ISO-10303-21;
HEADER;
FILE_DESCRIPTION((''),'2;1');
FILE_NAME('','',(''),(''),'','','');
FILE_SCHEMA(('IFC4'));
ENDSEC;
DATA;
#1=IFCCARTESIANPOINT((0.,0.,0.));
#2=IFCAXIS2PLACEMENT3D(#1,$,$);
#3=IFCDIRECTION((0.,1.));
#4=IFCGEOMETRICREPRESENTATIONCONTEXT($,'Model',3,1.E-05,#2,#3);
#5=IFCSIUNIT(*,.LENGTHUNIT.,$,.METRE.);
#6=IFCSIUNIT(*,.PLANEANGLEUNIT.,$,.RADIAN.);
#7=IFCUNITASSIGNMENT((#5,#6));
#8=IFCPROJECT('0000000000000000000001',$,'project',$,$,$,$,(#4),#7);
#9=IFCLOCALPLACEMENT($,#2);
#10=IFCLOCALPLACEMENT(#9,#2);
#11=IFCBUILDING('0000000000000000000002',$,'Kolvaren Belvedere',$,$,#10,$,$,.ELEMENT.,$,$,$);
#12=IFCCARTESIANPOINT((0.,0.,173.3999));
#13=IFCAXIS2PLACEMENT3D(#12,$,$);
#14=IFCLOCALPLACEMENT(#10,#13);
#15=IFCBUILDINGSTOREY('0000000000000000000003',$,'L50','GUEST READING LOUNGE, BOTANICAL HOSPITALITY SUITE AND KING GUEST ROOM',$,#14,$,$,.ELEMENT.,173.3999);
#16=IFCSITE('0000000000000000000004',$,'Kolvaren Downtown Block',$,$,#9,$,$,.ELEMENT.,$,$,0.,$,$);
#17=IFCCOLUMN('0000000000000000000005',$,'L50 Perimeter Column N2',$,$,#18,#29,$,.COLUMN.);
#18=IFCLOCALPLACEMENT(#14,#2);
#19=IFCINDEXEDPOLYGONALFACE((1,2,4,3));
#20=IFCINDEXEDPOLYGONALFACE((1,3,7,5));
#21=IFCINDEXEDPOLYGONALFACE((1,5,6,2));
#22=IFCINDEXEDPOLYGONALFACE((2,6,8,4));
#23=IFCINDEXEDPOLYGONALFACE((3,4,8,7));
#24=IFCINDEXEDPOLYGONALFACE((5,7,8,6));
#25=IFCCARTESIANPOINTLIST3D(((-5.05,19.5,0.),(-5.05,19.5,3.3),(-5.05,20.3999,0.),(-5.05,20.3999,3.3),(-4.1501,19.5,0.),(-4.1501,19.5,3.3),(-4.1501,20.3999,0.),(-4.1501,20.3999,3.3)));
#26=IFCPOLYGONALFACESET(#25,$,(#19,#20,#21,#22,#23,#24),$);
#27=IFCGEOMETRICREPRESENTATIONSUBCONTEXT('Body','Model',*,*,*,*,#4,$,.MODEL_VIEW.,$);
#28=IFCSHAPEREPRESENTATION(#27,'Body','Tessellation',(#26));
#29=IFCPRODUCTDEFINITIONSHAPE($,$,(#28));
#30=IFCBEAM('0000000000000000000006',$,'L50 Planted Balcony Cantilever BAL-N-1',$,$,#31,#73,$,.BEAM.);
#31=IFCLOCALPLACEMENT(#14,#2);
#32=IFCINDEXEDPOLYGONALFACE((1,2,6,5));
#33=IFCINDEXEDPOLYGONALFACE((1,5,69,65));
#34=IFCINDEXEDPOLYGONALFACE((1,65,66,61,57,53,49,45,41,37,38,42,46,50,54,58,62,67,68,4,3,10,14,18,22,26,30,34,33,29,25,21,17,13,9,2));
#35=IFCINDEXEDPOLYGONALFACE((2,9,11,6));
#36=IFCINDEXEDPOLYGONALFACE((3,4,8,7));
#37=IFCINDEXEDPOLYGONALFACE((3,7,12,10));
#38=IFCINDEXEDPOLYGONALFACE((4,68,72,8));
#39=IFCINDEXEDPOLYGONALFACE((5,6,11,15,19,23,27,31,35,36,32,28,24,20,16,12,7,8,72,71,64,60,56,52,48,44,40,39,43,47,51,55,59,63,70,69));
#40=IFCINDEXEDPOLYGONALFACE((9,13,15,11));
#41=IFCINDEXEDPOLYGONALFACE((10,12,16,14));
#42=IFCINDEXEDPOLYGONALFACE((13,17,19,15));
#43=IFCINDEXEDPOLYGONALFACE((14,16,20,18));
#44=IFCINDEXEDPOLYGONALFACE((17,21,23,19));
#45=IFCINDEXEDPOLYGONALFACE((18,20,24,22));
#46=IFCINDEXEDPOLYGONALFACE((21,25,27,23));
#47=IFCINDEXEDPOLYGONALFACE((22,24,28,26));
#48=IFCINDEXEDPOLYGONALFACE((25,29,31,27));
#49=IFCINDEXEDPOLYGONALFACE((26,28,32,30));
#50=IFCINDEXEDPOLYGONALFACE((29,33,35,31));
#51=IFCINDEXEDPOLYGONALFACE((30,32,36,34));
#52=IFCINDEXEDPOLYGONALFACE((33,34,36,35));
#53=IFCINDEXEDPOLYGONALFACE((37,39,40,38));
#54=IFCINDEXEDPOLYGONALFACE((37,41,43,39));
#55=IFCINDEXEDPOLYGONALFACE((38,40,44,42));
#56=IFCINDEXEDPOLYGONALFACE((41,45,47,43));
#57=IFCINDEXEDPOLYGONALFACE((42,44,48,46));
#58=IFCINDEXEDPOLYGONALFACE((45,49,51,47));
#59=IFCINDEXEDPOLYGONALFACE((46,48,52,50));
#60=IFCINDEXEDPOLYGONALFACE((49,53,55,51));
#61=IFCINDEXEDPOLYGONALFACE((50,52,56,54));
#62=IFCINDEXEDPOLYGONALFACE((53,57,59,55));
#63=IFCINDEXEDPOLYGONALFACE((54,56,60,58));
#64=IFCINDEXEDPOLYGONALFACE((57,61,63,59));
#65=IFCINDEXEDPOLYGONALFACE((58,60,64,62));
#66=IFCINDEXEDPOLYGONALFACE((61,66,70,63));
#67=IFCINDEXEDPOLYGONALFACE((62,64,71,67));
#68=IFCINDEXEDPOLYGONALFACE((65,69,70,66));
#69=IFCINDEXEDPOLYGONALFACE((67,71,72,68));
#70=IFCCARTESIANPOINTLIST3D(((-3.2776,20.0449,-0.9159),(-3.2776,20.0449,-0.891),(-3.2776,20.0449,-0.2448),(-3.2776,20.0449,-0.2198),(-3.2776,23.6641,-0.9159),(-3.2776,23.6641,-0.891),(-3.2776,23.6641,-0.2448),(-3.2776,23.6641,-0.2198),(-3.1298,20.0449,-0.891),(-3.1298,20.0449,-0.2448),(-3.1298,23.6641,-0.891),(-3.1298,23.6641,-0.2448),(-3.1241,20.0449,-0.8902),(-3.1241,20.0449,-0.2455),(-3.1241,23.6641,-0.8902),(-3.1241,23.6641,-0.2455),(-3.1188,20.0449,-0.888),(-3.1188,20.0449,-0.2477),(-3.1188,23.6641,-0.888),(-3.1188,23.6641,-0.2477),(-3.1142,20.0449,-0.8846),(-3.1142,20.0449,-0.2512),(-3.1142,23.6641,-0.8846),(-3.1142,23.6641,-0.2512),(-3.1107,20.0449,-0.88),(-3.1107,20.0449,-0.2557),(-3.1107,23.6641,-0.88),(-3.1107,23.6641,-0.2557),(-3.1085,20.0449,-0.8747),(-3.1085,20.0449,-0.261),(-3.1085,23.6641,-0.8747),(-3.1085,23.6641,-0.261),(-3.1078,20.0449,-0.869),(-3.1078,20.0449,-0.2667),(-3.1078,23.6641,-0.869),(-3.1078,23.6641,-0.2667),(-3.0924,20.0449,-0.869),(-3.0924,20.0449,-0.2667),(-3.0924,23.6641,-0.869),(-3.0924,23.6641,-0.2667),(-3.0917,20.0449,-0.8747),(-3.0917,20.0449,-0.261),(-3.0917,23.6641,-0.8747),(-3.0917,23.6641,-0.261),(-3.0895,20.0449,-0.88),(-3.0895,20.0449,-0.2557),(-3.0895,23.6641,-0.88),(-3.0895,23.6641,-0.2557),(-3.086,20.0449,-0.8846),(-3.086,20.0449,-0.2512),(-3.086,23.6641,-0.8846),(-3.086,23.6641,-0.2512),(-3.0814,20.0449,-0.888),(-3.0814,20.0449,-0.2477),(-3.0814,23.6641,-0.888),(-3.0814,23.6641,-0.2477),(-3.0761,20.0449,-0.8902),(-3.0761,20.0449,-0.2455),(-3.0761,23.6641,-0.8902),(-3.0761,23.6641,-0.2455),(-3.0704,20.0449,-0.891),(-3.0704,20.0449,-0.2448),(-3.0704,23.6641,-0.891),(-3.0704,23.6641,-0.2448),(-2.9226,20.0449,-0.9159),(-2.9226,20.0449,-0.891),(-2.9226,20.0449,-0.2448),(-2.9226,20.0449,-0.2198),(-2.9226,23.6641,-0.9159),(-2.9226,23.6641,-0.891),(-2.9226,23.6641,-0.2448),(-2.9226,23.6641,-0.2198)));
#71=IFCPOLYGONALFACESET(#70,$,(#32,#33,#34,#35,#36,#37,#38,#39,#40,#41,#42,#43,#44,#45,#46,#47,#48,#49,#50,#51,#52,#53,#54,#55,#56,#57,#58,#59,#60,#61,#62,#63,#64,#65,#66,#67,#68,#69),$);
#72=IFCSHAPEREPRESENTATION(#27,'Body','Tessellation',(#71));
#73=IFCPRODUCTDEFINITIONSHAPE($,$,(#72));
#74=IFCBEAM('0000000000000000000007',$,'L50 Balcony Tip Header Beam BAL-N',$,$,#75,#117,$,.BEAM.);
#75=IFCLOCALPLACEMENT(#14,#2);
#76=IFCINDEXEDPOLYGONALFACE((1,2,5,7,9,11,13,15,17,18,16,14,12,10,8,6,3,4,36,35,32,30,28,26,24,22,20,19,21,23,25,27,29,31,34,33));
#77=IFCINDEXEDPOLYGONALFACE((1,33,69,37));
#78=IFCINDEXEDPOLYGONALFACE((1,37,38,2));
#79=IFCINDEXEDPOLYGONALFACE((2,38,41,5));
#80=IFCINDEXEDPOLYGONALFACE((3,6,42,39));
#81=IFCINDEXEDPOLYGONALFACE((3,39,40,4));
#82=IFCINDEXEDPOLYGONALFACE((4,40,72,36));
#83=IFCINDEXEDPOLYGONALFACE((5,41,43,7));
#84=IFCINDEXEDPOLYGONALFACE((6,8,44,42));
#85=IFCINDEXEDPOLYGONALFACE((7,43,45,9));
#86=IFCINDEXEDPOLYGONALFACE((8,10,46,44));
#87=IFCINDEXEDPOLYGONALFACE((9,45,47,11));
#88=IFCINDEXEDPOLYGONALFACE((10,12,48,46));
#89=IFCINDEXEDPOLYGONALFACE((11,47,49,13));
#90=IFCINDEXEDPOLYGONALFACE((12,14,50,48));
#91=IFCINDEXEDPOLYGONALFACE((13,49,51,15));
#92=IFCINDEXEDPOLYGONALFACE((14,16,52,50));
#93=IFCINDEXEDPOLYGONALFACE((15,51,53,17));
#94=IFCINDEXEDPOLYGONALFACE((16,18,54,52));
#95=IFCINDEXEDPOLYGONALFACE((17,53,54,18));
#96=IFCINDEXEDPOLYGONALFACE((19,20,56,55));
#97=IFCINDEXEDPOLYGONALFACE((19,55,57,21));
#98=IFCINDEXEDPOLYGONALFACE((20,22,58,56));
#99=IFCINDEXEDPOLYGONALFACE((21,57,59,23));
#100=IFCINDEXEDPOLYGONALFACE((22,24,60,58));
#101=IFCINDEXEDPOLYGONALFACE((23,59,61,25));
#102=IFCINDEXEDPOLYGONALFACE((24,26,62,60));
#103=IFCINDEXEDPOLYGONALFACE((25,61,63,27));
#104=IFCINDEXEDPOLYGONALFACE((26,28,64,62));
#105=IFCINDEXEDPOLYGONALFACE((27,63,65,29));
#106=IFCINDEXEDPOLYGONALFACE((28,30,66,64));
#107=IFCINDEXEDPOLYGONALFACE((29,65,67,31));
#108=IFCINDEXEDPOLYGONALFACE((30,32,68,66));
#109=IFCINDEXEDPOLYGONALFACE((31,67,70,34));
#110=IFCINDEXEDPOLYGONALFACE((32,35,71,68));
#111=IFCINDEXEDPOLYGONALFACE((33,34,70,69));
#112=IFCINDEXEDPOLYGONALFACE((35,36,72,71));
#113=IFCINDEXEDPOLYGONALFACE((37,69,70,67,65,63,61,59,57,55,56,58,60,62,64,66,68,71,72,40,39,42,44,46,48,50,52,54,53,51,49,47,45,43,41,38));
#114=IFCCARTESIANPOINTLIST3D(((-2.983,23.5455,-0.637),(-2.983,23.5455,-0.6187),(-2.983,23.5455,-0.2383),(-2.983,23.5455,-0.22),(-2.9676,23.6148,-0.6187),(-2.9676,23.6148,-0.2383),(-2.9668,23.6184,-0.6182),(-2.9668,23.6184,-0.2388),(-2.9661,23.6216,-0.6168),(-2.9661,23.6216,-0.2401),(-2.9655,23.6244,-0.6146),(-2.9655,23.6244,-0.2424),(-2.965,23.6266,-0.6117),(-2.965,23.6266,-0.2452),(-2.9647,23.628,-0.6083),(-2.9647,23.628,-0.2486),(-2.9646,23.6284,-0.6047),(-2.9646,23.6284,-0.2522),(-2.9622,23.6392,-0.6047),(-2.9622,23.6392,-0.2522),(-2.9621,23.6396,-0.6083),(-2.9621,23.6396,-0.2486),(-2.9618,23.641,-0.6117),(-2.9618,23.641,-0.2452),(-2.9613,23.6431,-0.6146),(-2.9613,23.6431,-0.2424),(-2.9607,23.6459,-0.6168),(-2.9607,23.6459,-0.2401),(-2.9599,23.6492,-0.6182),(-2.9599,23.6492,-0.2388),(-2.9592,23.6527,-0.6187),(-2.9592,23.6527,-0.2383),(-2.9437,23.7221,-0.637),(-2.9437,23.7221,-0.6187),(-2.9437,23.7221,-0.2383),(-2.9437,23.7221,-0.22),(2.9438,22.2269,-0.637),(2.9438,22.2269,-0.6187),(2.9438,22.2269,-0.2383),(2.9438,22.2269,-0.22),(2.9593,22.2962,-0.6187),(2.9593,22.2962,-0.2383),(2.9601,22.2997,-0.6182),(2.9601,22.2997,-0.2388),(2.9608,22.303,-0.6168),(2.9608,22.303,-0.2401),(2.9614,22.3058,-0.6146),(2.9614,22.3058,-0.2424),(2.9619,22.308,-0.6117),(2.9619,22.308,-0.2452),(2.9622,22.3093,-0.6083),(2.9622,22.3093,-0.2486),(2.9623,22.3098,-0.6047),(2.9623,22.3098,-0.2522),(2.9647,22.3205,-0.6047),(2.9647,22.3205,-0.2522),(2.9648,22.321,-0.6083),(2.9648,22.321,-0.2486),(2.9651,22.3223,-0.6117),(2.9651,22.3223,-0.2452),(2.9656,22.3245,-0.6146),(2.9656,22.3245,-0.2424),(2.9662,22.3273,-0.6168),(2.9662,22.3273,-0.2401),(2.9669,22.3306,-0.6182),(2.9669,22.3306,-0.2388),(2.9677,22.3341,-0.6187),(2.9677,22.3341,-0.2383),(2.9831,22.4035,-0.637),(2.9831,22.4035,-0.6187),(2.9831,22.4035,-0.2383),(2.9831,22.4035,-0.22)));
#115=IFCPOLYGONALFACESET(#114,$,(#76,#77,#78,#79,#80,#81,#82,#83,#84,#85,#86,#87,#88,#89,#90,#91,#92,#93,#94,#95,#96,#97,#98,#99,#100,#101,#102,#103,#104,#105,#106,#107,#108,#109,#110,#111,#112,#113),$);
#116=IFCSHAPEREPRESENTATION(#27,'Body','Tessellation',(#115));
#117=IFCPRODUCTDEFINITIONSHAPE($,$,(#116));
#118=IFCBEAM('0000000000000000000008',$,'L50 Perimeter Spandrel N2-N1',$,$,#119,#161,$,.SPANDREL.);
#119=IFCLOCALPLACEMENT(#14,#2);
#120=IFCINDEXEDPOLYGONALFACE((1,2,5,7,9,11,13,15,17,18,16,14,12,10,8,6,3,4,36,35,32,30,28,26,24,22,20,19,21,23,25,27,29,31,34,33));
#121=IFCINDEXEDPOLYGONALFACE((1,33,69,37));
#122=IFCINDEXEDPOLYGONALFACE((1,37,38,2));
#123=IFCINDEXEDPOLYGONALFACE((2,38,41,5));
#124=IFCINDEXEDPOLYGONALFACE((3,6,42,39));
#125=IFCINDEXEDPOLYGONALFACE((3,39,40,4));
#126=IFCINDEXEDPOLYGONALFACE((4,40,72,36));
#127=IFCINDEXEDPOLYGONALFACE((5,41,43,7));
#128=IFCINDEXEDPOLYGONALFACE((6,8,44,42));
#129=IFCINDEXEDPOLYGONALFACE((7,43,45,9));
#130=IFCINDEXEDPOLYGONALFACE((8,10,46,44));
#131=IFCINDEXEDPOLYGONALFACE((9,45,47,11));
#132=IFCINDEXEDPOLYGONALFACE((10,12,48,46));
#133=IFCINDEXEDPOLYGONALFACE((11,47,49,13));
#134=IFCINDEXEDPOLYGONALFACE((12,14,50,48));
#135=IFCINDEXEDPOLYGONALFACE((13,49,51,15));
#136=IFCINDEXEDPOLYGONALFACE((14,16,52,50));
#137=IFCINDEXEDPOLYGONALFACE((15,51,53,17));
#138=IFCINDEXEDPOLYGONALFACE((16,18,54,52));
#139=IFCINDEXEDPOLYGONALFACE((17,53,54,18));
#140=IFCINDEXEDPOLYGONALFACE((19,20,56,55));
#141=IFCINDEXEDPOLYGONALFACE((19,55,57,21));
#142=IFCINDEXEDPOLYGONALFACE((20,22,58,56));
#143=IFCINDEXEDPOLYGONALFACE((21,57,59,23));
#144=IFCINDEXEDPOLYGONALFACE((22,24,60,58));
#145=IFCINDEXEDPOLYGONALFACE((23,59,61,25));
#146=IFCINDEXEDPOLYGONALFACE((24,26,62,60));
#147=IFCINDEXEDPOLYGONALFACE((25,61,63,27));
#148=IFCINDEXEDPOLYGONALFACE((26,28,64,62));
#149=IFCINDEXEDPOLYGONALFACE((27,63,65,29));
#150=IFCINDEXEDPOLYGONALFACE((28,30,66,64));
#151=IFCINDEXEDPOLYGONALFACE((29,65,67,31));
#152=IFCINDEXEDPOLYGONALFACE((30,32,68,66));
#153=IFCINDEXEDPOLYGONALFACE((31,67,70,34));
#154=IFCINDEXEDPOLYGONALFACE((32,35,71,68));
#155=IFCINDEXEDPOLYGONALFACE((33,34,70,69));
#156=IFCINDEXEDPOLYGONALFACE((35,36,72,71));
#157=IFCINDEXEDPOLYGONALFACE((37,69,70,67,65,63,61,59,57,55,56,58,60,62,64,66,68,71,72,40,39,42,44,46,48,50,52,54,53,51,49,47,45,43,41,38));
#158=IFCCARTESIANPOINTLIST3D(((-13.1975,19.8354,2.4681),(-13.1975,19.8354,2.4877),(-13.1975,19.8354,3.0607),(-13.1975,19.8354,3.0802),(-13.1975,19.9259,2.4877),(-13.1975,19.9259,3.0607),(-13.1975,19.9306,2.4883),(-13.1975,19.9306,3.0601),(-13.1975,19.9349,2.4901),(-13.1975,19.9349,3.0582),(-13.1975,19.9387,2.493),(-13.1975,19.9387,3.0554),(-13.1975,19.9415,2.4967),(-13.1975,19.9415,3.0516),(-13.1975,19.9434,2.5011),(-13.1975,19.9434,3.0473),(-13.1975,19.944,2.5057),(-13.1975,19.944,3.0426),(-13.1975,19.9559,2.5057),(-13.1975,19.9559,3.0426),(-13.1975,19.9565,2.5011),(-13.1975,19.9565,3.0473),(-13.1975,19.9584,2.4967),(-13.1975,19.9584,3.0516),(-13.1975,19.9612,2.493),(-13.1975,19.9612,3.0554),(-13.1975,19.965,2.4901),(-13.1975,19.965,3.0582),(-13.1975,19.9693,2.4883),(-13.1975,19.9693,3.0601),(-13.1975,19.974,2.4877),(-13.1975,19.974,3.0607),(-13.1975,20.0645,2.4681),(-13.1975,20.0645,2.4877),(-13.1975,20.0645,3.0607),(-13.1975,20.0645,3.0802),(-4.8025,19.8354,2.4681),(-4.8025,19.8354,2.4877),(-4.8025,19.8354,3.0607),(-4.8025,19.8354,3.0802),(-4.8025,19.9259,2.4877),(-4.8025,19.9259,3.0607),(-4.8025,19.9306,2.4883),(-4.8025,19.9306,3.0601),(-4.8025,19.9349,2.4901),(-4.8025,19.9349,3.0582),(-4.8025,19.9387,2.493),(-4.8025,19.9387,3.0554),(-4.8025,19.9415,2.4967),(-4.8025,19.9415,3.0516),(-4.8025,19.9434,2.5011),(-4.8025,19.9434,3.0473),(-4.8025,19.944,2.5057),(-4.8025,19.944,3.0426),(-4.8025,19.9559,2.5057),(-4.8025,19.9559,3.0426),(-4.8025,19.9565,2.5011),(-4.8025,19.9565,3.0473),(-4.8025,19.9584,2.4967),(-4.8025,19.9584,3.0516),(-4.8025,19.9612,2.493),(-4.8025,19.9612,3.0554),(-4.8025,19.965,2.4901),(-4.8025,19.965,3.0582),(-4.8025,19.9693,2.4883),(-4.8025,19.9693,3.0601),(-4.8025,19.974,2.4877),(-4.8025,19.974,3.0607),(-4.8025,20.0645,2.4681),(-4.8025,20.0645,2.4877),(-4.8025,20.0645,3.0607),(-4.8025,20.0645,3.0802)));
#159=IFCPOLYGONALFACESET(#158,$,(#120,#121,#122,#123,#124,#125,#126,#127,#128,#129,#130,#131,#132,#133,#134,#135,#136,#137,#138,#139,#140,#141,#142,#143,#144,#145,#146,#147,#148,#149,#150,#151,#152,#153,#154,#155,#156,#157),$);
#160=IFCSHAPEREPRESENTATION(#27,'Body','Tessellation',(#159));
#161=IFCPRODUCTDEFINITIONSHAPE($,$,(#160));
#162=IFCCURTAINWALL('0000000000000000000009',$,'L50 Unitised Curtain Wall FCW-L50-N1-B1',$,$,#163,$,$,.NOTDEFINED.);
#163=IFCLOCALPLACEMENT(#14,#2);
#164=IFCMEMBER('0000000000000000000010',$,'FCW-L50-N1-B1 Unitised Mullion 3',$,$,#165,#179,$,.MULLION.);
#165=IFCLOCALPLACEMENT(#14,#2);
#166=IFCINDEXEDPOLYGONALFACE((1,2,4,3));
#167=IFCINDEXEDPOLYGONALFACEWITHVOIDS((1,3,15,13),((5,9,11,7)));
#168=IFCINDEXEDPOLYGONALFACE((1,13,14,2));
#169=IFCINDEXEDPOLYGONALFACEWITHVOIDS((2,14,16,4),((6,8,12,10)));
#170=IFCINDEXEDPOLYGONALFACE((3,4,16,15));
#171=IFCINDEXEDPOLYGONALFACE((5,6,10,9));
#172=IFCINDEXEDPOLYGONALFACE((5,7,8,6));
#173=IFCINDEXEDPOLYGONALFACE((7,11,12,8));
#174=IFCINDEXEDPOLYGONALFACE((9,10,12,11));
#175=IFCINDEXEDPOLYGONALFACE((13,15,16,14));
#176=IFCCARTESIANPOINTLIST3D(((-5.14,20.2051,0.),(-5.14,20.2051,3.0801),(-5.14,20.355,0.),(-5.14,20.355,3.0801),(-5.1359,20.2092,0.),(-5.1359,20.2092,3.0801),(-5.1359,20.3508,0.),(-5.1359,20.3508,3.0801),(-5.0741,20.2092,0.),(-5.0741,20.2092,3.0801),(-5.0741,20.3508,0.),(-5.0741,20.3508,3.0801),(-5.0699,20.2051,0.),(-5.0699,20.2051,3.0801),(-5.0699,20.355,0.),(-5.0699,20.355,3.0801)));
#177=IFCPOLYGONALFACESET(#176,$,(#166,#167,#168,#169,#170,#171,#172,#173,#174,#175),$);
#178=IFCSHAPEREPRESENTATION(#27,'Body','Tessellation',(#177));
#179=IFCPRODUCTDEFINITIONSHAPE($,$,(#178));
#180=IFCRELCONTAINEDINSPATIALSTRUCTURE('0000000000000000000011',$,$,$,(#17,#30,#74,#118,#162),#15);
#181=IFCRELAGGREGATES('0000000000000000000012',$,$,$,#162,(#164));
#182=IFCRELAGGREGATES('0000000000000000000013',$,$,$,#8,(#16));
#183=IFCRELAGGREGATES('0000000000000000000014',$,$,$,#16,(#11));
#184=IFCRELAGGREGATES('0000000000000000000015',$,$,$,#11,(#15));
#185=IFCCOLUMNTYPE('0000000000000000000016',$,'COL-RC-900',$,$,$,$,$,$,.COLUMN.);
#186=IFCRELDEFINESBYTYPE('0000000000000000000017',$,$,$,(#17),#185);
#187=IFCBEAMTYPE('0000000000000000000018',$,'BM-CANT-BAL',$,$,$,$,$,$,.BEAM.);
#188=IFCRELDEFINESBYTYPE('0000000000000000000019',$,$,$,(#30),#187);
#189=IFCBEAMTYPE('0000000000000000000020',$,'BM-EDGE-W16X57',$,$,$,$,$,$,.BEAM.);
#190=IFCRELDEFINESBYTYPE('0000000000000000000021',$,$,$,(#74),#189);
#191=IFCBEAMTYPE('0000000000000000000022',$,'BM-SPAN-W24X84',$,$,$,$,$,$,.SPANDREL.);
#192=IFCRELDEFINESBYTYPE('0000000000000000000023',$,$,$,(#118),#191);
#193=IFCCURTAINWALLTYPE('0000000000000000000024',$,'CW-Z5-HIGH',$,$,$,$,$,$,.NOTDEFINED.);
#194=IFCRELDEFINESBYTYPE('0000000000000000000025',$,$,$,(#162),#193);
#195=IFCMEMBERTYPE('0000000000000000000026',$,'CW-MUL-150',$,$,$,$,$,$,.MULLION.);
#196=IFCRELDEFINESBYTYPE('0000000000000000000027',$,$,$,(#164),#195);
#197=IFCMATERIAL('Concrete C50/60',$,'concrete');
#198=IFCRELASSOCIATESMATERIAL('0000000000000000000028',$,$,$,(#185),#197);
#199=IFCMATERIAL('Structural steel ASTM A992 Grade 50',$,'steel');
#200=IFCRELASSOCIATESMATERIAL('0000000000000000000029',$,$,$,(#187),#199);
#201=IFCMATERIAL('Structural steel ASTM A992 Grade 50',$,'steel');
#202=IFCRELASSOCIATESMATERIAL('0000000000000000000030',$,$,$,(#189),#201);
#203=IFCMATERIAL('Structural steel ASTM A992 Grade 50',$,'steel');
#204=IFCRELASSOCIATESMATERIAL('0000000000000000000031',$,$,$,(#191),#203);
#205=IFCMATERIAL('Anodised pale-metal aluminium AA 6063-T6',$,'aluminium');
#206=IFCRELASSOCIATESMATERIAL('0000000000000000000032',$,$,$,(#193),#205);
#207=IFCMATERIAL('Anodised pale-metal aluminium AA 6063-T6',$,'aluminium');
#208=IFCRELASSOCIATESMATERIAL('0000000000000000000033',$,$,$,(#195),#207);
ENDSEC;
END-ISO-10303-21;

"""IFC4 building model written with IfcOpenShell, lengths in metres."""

from ifc_helpers import new_model, si_unit, direction, frame, origin, origin_2d, place, context, subcontext, project, spatial, rectangle, hollow_rectangle, i_section, extrude, material, material_profile, profile_set, type_object, element, aggregate, save


model = new_model("IFC4")

# Units and contexts
model_context = context("Model", 3, precision=1e-05, world=origin(), true_north=direction((0.0, 1.0)))
body_context = subcontext(model_context, "Body", "Model", "MODEL_VIEW")
ifc_project = project(units=[si_unit("LENGTHUNIT", "METRE"), si_unit("PLANEANGLEUNIT", "RADIAN")], contexts=[model_context])

# Site, building, storey
site_placement = place(None, origin())
site = spatial("IfcSite", under=ifc_project, at=site_placement, Name="Kolvaren Downtown Block", CompositionType="ELEMENT", RefElevation=0.0)
building_placement = place(site_placement, origin())
building = spatial("IfcBuilding", under=site, at=building_placement, Name="Kolvaren Belvedere", CompositionType="ELEMENT")
storey_placement = place(building_placement, frame((0.0, 0.0, 173.3999)))
storey = spatial("IfcBuildingStorey", under=building, at=storey_placement, Name="L50", Description="GUEST READING LOUNGE, BOTANICAL HOSPITALITY SUITE AND KING GUEST ROOM", CompositionType="ELEMENT", Elevation=173.3999)

# Column
ifc_material_1 = material(Name="Concrete C50/60", Category="concrete")
ifc_material_profile_1 = material_profile(ifc_material_1, rectangle(XDim=0.8999, YDim=0.8999, at=origin_2d()), Name="RC 900X900")
ifc_profile_set_1 = profile_set([ifc_material_profile_1], Name="Concrete C50/60")
column_type = type_object("IfcColumnType", Name="COL-RC-900", PredefinedType="COLUMN", material=ifc_profile_set_1)
column_placement = place(storey_placement, frame((-4.6001, 19.95, 0.0), z_axis=(0.0, 0.0, 1.0), x_axis=(1.0, 0.0, 0.0)))
element("IfcColumn", 1, at=column_placement, inside=storey, type_object=column_type, Name="L50 Perimeter Column N2", PredefinedType="COLUMN", context=body_context, shape_type="SweptSolid", body=[
    extrude(rectangle(XDim=0.8999, YDim=0.8999, at=origin_2d()), origin(), (0.0, 0.0, 1.0), 3.3),
])

# Beams
ifc_material_2 = material(Name="Structural steel ASTM A992 Grade 50", Category="steel")
ifc_material_profile_2 = material_profile(ifc_material_2, i_section(OverallWidth=0.355, OverallDepth=0.696, WebThickness=0.0154, FlangeThickness=0.0249, FilletRadius=0.022, at=origin_2d()), Name="W27X146")
ifc_profile_set_2 = profile_set([ifc_material_profile_2], Name="Structural steel ASTM A992 Grade 50")
beam_type_1 = type_object("IfcBeamType", Name="BM-CANT-BAL", PredefinedType="BEAM", material=ifc_profile_set_2)
beam_1_placement = place(storey_placement, frame((-3.1001, 20.0449, -0.5679), z_axis=(0.0, 1.0, 0.0), x_axis=(-1.0, 0.0, 0.0)))
element("IfcBeam", 2, at=beam_1_placement, inside=storey, type_object=beam_type_1, Name="L50 Planted Balcony Cantilever BAL-N-1", PredefinedType="BEAM", context=body_context, shape_type="SweptSolid", body=[
    extrude(i_section(OverallWidth=0.355, OverallDepth=0.696, WebThickness=0.0154, FlangeThickness=0.0249, FilletRadius=0.022, at=origin_2d()), origin(), (0.0, 0.0, 1.0), 3.6191),
])
ifc_material_3 = material(Name="Structural steel ASTM A992 Grade 50", Category="steel")
ifc_material_profile_3 = material_profile(ifc_material_3, i_section(OverallWidth=0.1809, OverallDepth=0.417, WebThickness=0.011, FlangeThickness=0.0183, FilletRadius=0.0139, at=origin_2d()), Name="W16X57")
ifc_profile_set_3 = profile_set([ifc_material_profile_3], Name="Structural steel ASTM A992 Grade 50")
beam_type_2 = type_object("IfcBeamType", Name="BM-EDGE-W16X57", PredefinedType="BEAM", material=ifc_profile_set_3)
beam_2_placement = place(storey_placement, frame((-2.9634, 23.6338, -0.4285), z_axis=(0.976133, -0.217173, 0.0), x_axis=(0.217173, 0.976133, 0.0)))
element("IfcBeam", 3, at=beam_2_placement, inside=storey, type_object=beam_type_2, Name="L50 Balcony Tip Header Beam BAL-N", PredefinedType="BEAM", context=body_context, shape_type="SweptSolid", body=[
    extrude(i_section(OverallWidth=0.1809, OverallDepth=0.417, WebThickness=0.011, FlangeThickness=0.0183, FilletRadius=0.0139, at=origin_2d()), origin(), (0.0, 0.0, 1.0), 6.0718),
])
ifc_material_4 = material(Name="Structural steel ASTM A992 Grade 50", Category="steel")
ifc_material_profile_4 = material_profile(ifc_material_4, i_section(OverallWidth=0.229, OverallDepth=0.6121, WebThickness=0.012, FlangeThickness=0.0195, FilletRadius=0.0181, at=origin_2d()), Name="W24X84")
ifc_profile_set_4 = profile_set([ifc_material_profile_4], Name="Structural steel ASTM A992 Grade 50")
beam_type_3 = type_object("IfcBeamType", Name="BM-SPAN-W24X84", PredefinedType="SPANDREL", material=ifc_profile_set_4)
beam_3_placement = place(storey_placement, frame((-4.8025, 19.95, 2.7742), z_axis=(-1.0, 0.0, 0.0), x_axis=(0.0, -1.0, 0.0)))
element("IfcBeam", 4, at=beam_3_placement, inside=storey, type_object=beam_type_3, Name="L50 Perimeter Spandrel N2-N1", PredefinedType="SPANDREL", context=body_context, shape_type="SweptSolid", body=[
    extrude(i_section(OverallWidth=0.229, OverallDepth=0.6121, WebThickness=0.012, FlangeThickness=0.0195, FilletRadius=0.0181, at=origin_2d()), origin(), (0.0, 0.0, 1.0), 8.395),
])

# Curtain wall, member
ifc_material_5 = material(Name="Anodised pale-metal aluminium AA 6063-T6", Category="aluminium")
curtain_wall_type = type_object("IfcCurtainWallType", Name="CW-Z5-HIGH", PredefinedType="NOTDEFINED", material=ifc_material_5)
curtain_wall_1_placement = place(storey_placement, origin())
curtain_wall_1 = element("IfcCurtainWall", 5, at=curtain_wall_1_placement, inside=storey, type_object=curtain_wall_type, Name="L50 Unitised Curtain Wall FCW-L50-N1-B1", PredefinedType="NOTDEFINED")
ifc_material_6 = material(Name="Anodised pale-metal aluminium AA 6063-T6", Category="aluminium")
ifc_material_profile_5 = material_profile(ifc_material_6, hollow_rectangle(XDim=0.0701, YDim=0.1499, WallThickness=0.0042, at=origin_2d()), Name="ALU-MUL-150X70")
ifc_profile_set_5 = profile_set([ifc_material_profile_5], Name="Anodised pale-metal aluminium AA 6063-T6")
member_type_1 = type_object("IfcMemberType", Name="CW-MUL-150", PredefinedType="MULLION", material=ifc_profile_set_5)
member_1_placement = place(storey_placement, frame((-5.105, 20.28, 0.0), z_axis=(0.0, 0.0, 1.0), x_axis=(1.0, 0.0, 0.0)))
member_1 = element("IfcMember", 6, at=member_1_placement, type_object=member_type_1, Name="FCW-L50-N1-B1 Unitised Mullion 3", PredefinedType="MULLION", context=body_context, shape_type="SweptSolid", body=[
    extrude(hollow_rectangle(XDim=0.0701, YDim=0.1499, WallThickness=0.0042, at=origin_2d()), origin(), (0.0, 0.0, 1.0), 3.0801),
])
aggregate(curtain_wall_1, [member_1])

save(model, "model.ifc")
